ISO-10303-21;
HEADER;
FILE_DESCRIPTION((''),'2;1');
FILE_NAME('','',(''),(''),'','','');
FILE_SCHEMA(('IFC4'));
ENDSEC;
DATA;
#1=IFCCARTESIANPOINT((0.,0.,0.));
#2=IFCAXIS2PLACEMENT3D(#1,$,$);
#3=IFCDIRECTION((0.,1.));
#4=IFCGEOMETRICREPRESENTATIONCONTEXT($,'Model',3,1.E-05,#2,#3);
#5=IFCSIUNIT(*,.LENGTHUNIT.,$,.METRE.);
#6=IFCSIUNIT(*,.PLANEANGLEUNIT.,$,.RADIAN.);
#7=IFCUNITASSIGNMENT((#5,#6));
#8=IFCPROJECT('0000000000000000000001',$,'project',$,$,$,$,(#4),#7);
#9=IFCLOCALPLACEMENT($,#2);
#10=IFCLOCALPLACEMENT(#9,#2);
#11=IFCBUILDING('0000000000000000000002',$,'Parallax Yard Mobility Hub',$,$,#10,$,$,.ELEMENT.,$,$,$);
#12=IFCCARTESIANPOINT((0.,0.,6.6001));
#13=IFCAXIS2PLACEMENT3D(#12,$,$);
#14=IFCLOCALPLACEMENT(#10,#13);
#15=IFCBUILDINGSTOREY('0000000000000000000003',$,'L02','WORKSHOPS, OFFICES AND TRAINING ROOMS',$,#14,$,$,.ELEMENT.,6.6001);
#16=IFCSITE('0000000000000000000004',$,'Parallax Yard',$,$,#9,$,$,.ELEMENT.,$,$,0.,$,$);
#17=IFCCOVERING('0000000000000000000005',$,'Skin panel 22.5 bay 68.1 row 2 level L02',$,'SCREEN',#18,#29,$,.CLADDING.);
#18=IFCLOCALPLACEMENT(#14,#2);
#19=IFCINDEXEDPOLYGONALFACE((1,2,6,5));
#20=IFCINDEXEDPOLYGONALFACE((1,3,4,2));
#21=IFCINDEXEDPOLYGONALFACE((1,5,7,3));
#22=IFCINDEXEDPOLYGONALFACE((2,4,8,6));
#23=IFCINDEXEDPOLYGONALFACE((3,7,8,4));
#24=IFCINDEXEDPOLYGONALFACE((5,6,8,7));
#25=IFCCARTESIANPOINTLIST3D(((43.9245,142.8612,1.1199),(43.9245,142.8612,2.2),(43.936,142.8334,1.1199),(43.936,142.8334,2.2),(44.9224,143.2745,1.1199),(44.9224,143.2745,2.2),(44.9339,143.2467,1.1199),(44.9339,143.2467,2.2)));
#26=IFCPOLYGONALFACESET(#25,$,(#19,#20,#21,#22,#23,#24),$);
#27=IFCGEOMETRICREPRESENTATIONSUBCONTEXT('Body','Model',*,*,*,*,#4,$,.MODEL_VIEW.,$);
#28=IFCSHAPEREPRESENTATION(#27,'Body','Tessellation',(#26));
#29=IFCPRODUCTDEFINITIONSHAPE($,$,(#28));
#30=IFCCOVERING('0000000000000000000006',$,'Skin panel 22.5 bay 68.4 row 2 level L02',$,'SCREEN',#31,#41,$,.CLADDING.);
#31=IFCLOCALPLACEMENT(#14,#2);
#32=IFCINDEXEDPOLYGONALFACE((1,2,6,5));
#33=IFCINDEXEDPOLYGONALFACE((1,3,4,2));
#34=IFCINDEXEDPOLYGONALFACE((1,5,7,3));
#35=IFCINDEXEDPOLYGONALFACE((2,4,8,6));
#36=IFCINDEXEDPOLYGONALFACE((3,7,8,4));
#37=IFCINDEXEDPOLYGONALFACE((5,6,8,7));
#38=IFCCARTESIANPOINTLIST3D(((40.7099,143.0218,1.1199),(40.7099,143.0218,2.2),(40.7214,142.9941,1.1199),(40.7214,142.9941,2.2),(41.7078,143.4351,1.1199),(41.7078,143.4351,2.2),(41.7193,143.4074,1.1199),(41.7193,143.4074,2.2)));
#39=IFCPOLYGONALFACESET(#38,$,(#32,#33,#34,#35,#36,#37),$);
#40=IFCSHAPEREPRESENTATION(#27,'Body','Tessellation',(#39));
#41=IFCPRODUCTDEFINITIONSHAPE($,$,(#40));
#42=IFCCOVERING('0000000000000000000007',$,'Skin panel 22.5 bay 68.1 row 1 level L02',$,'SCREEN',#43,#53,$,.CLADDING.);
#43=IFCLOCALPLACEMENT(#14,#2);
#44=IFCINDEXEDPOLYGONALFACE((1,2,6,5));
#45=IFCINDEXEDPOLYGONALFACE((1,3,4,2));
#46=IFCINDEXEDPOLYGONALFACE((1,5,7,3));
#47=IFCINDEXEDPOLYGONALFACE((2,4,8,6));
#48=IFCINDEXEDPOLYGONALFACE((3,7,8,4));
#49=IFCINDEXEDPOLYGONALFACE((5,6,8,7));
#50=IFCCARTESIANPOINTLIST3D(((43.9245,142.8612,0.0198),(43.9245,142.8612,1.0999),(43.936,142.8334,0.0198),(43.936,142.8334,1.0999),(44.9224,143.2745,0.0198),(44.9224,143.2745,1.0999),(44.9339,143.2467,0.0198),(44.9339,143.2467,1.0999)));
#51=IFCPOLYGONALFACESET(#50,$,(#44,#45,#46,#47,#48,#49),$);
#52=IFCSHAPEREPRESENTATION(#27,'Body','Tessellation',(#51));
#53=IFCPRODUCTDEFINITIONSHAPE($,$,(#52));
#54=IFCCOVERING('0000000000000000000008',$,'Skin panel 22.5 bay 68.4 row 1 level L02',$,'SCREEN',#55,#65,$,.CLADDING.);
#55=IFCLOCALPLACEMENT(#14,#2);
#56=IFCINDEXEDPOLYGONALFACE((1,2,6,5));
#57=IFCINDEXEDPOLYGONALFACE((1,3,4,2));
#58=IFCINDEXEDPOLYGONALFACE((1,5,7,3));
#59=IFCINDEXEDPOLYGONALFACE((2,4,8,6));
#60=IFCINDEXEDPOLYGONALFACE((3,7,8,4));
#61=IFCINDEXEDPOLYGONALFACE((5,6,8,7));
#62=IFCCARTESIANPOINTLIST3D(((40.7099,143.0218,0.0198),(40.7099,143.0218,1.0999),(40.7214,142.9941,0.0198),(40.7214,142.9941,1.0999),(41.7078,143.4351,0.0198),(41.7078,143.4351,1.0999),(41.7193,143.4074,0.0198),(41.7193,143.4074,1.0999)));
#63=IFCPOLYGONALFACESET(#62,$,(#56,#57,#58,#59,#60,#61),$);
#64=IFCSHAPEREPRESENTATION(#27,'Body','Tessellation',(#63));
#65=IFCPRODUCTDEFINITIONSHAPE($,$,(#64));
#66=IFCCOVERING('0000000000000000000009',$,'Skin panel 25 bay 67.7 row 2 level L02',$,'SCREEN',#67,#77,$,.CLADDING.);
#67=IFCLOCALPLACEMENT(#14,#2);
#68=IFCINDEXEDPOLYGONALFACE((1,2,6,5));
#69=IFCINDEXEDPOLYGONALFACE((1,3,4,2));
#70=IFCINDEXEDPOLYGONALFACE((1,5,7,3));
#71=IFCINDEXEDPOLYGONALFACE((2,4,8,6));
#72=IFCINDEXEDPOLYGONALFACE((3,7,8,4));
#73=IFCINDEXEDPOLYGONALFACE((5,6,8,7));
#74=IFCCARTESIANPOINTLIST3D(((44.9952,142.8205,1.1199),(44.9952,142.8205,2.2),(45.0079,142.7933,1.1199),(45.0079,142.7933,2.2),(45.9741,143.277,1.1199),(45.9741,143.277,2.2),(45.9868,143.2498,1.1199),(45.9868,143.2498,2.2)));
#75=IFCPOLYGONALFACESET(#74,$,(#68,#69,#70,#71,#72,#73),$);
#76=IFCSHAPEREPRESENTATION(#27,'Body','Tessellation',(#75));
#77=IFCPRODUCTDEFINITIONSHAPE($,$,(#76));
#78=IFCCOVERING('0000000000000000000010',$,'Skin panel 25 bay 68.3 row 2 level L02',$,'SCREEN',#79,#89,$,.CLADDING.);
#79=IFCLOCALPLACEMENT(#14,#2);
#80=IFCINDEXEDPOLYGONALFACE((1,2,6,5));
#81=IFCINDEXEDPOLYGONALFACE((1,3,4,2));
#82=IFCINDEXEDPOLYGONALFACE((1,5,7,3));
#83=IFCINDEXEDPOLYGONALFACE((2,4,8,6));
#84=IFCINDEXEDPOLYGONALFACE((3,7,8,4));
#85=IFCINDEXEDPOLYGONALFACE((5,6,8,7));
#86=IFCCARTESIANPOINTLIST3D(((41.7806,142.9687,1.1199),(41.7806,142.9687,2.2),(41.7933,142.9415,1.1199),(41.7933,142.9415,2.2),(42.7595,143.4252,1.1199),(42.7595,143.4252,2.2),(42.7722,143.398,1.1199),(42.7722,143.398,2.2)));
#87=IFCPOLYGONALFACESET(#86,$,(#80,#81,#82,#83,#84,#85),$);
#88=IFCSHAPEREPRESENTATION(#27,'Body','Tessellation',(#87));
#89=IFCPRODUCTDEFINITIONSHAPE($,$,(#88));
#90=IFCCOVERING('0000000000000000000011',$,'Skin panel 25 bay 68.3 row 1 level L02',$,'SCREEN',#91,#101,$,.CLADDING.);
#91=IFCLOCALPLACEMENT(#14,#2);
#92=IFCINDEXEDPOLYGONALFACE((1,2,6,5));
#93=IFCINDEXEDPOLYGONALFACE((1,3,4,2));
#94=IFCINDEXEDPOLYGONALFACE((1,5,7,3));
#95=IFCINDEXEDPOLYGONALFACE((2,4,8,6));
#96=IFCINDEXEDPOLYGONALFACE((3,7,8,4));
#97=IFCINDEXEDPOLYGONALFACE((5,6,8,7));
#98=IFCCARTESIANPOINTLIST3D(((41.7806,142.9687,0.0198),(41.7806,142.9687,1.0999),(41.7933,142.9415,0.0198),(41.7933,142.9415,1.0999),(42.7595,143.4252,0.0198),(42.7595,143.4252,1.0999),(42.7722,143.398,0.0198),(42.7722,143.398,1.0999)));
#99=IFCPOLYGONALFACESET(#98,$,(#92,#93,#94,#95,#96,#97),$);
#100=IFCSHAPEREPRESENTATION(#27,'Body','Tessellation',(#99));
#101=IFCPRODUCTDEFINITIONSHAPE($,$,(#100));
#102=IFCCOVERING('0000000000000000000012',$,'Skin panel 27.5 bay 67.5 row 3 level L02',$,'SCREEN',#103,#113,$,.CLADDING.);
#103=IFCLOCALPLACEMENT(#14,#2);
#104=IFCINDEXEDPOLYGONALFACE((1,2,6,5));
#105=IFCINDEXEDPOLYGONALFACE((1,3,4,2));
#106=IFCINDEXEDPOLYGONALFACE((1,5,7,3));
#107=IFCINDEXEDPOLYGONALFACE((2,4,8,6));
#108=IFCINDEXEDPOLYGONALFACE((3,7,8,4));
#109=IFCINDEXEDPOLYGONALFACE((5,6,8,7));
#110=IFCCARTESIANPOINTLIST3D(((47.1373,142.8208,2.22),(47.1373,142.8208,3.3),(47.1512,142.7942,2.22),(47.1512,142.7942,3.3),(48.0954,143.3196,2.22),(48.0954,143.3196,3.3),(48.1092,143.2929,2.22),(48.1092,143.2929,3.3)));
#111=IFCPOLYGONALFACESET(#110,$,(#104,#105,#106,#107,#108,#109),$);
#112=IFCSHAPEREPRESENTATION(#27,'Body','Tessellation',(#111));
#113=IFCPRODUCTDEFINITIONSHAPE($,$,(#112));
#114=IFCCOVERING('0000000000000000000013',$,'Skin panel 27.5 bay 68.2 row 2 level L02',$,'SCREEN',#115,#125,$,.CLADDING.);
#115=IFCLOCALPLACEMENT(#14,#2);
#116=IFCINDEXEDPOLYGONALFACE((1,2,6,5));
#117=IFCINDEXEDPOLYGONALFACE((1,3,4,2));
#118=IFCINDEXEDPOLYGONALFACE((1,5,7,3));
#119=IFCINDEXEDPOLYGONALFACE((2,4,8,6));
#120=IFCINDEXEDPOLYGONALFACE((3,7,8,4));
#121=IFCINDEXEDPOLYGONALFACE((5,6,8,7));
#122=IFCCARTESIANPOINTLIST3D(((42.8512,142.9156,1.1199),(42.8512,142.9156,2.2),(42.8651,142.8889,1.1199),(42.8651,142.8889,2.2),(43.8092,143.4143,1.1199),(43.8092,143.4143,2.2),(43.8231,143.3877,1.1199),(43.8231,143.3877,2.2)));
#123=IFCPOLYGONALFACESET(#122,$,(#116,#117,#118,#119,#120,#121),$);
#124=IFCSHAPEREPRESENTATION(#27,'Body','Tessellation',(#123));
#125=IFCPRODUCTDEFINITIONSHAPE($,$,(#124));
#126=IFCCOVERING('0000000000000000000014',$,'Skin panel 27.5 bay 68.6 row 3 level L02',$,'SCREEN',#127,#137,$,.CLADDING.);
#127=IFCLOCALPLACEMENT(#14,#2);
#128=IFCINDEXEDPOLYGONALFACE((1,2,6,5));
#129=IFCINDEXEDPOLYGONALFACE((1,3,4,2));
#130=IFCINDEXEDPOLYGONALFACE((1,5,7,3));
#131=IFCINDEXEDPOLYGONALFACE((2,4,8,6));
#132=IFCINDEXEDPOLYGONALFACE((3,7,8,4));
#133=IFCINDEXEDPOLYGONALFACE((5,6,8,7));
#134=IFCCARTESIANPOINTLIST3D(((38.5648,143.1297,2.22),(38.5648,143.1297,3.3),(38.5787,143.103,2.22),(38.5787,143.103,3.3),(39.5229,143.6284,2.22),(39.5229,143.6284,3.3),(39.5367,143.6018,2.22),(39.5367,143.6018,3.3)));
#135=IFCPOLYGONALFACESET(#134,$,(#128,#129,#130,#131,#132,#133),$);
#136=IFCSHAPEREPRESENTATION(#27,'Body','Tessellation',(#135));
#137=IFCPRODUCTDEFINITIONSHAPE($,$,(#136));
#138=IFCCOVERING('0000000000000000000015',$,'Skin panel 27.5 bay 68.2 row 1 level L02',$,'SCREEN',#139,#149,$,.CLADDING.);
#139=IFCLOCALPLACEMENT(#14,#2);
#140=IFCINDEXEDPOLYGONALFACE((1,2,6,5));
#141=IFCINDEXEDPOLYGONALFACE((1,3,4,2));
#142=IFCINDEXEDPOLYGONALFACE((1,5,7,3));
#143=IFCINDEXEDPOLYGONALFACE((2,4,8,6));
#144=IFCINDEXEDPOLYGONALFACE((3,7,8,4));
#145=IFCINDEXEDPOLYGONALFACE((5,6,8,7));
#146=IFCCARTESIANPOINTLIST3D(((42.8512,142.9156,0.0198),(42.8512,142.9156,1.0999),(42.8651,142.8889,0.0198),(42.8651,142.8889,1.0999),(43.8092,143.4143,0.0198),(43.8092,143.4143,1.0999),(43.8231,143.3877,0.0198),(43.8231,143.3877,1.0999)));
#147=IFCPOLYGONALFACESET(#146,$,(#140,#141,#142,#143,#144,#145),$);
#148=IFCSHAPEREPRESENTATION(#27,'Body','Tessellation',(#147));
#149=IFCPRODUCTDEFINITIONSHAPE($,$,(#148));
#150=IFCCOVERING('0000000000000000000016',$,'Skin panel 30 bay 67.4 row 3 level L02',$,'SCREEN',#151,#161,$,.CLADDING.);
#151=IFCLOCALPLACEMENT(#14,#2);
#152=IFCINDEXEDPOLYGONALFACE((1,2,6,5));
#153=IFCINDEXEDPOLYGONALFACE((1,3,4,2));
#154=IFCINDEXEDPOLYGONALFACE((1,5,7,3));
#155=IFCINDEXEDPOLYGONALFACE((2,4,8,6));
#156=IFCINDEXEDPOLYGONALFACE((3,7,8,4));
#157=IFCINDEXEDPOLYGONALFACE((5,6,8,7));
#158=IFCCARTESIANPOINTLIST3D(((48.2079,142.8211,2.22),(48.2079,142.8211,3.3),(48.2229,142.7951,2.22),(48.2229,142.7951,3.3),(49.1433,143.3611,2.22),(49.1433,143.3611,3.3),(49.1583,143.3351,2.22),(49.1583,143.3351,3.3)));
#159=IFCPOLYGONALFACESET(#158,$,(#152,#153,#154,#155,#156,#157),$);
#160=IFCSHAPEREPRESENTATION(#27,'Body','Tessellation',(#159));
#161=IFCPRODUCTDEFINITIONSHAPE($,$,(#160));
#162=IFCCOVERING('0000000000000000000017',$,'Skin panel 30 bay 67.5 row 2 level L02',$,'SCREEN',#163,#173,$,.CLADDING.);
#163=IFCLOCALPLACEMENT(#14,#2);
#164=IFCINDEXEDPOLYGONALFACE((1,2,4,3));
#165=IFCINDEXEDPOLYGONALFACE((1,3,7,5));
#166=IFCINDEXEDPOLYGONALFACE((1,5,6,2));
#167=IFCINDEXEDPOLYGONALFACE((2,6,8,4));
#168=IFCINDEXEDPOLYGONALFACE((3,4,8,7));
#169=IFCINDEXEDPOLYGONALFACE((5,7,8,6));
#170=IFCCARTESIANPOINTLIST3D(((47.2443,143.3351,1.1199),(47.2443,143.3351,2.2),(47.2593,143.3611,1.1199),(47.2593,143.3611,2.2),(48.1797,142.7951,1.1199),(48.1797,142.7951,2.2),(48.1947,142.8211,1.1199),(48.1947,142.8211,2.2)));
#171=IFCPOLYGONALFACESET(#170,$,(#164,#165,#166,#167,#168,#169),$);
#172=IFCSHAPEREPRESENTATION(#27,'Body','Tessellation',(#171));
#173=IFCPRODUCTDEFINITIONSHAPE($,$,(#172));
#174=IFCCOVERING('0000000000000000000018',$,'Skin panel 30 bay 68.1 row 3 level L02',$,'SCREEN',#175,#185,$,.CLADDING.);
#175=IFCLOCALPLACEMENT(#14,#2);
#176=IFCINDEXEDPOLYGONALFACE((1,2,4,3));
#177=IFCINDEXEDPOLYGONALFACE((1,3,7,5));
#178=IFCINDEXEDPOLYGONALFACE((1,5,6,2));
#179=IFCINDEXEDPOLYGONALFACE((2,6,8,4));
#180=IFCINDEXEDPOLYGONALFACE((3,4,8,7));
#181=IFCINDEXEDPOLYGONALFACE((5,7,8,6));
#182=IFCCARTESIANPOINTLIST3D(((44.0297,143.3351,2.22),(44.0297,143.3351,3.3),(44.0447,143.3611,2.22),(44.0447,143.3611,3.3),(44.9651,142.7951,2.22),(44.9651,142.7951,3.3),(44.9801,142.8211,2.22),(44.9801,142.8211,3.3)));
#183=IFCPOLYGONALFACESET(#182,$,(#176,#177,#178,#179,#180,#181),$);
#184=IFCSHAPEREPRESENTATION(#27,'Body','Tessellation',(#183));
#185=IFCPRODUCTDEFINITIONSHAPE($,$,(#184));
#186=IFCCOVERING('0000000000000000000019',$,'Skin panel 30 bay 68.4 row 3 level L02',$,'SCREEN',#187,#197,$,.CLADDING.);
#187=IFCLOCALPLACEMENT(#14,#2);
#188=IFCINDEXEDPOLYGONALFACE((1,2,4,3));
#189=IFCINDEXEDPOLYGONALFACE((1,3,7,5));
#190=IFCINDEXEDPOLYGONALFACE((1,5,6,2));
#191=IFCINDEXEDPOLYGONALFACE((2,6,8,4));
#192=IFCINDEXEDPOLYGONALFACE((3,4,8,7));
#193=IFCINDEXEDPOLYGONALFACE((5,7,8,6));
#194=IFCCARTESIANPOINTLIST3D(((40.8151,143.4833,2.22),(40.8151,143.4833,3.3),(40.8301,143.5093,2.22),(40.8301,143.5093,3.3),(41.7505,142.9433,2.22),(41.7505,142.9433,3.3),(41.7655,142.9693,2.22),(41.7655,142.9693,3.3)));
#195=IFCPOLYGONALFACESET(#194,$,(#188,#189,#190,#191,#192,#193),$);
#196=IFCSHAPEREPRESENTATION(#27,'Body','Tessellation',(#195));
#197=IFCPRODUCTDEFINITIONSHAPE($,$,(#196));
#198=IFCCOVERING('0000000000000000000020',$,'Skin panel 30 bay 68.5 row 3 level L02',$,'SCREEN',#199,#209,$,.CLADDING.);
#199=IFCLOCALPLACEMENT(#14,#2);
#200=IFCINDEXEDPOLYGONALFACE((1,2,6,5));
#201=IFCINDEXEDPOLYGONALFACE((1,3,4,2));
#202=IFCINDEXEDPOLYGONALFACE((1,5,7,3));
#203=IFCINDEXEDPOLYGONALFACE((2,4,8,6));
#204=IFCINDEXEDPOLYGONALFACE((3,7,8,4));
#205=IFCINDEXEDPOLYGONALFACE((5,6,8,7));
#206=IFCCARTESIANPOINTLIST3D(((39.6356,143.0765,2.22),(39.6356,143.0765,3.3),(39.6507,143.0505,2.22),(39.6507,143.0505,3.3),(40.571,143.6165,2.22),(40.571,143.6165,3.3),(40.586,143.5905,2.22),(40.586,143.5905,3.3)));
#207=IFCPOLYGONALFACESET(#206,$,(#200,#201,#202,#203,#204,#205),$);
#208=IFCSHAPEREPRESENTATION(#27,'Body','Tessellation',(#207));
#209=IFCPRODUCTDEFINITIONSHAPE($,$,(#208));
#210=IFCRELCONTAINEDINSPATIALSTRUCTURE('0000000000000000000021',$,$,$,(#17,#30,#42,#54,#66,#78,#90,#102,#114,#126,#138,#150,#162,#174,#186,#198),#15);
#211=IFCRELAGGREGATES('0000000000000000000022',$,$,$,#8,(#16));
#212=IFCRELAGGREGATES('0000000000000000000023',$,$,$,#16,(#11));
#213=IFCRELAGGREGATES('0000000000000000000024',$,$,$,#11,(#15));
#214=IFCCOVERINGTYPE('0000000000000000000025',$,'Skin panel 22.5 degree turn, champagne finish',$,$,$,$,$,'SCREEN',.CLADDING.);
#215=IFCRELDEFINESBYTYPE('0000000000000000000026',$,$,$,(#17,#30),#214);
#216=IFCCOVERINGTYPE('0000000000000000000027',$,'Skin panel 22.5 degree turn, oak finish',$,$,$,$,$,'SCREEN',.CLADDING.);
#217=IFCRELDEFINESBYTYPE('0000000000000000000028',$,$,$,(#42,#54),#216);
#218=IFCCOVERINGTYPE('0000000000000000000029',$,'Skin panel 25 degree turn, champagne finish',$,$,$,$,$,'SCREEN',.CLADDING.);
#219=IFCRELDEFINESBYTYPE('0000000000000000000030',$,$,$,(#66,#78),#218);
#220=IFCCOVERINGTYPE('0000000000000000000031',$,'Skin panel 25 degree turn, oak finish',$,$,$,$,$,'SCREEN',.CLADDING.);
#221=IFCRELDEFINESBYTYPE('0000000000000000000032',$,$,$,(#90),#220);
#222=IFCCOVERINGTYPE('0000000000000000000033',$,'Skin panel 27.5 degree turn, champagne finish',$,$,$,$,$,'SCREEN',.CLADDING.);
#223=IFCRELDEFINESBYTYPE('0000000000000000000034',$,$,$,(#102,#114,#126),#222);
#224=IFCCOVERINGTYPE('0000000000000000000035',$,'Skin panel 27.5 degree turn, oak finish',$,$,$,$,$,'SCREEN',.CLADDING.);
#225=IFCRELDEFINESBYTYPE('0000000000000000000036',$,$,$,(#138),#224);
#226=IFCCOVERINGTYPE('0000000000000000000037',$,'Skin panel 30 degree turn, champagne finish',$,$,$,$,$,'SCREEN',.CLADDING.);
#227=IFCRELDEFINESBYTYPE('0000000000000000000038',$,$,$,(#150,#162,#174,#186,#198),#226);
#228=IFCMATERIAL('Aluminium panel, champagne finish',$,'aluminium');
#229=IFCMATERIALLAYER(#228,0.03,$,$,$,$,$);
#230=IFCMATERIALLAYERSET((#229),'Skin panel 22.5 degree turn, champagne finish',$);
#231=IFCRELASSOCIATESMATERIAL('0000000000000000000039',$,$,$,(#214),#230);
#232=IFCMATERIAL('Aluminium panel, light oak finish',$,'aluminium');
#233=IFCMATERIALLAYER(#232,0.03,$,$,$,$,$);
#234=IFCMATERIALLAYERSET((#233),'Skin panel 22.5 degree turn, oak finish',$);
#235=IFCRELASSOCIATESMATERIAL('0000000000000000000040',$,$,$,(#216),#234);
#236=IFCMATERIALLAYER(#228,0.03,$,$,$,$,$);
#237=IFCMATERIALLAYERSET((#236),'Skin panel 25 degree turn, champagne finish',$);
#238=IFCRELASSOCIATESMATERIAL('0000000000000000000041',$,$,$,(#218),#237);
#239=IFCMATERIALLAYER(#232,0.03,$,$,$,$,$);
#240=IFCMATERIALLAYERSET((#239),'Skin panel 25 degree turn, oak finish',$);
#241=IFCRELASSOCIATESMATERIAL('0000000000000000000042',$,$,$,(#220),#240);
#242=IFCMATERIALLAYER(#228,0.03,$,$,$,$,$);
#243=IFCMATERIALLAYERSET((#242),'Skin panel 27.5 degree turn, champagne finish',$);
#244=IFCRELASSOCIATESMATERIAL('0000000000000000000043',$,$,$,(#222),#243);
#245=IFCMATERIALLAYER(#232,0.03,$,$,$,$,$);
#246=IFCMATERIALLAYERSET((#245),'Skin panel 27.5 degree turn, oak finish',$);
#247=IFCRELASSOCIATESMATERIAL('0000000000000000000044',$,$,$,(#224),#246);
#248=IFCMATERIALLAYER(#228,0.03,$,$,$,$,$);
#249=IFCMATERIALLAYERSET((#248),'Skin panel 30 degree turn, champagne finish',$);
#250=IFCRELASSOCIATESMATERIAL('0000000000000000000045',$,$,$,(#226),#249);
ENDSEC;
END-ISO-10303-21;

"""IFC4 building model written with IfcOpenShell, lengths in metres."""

from ifc_helpers import new_model, si_unit, direction, frame, origin, origin_2d, place, context, subcontext, project, spatial, rectangle, extrude, material, layer, layer_set, type_object, element, save


model = new_model("IFC4")

# Units and contexts
model_context = context("Model", 3, precision=1e-05, world=origin(), true_north=direction((0.0, 1.0)))
body_context = subcontext(model_context, "Body", "Model", "MODEL_VIEW")
ifc_project = project(units=[si_unit("LENGTHUNIT", "METRE"), si_unit("PLANEANGLEUNIT", "RADIAN")], contexts=[model_context])

# Site, building, storey
site_placement = place(None, origin())
site = spatial("IfcSite", under=ifc_project, at=site_placement, Name="Parallax Yard", CompositionType="ELEMENT", RefElevation=0.0)
building_placement = place(site_placement, origin())
building = spatial("IfcBuilding", under=site, at=building_placement, Name="Parallax Yard Mobility Hub", CompositionType="ELEMENT")
storey_placement = place(building_placement, frame((0.0, 0.0, 6.6001)))
storey = spatial("IfcBuildingStorey", under=building, at=storey_placement, Name="L02", Description="WORKSHOPS, OFFICES AND TRAINING ROOMS", CompositionType="ELEMENT", Elevation=6.6001)

# Coverings
ifc_material_1 = material(Name="Aluminium panel, champagne finish", Category="aluminium")
ifc_layer_1 = layer(ifc_material_1, 0.03)
ifc_layer_set_1 = layer_set([ifc_layer_1], Name="Skin panel 22.5 degree turn, champagne finish")
covering_type_1 = type_object("IfcCoveringType", Name="Skin panel 22.5 degree turn, champagne finish", ElementType="SCREEN", PredefinedType="CLADDING", material=ifc_layer_set_1)
for number, where, z_axis, x_axis, name in (
    (1, (44.4292, 143.054, 1.1199), (0.0, 0.0, 1.0), (0.92388, 0.382683, 0.0), "Skin panel 22.5 bay 68.1 row 2 level L02"),
    (2, (41.2146, 143.2146, 1.1199), (0.0, 0.0, 1.0), (0.92388, 0.382683, 0.0), "Skin panel 22.5 bay 68.4 row 2 level L02"),
):
    element("IfcCovering", number, at=place(storey_placement, frame(where, z_axis=z_axis, x_axis=x_axis)), inside=storey, type_object=covering_type_1, Name=name, ObjectType="SCREEN", PredefinedType="CLADDING", context=body_context, shape_type="SweptSolid", body=[
        extrude(rectangle(XDim=1.0801, YDim=0.03, at=origin_2d()), origin(), (0.0, 0.0, 1.0), 1.0801),
    ])
ifc_material_2 = material(Name="Aluminium panel, light oak finish", Category="aluminium")
ifc_layer_2 = layer(ifc_material_2, 0.03)
ifc_layer_set_2 = layer_set([ifc_layer_2], Name="Skin panel 22.5 degree turn, oak finish")
covering_type_2 = type_object("IfcCoveringType", Name="Skin panel 22.5 degree turn, oak finish", ElementType="SCREEN", PredefinedType="CLADDING", material=ifc_layer_set_2)
for number, where, z_axis, x_axis, name in (
    (3, (44.4292, 143.054, 0.0198), (0.0, 0.0, 1.0), (0.92388, 0.382683, 0.0), "Skin panel 22.5 bay 68.1 row 1 level L02"),
    (4, (41.2146, 143.2146, 0.0198), (0.0, 0.0, 1.0), (0.92388, 0.382683, 0.0), "Skin panel 22.5 bay 68.4 row 1 level L02"),
):
    element("IfcCovering", number, at=place(storey_placement, frame(where, z_axis=z_axis, x_axis=x_axis)), inside=storey, type_object=covering_type_2, Name=name, ObjectType="SCREEN", PredefinedType="CLADDING", context=body_context, shape_type="SweptSolid", body=[
        extrude(rectangle(XDim=1.0801, YDim=0.03, at=origin_2d()), origin(), (0.0, 0.0, 1.0), 1.0801),
    ])
ifc_layer_3 = layer(ifc_material_1, 0.03)
ifc_layer_set_3 = layer_set([ifc_layer_3], Name="Skin panel 25 degree turn, champagne finish")
covering_type_3 = type_object("IfcCoveringType", Name="Skin panel 25 degree turn, champagne finish", ElementType="SCREEN", PredefinedType="CLADDING", material=ifc_layer_set_3)
for number, where, z_axis, x_axis, name in (
    (5, (45.491, 143.0352, 1.1199), (0.0, 0.0, 1.0), (0.906308, 0.422618, 0.0), "Skin panel 25 bay 67.7 row 2 level L02"),
    (6, (42.2764, 143.1833, 1.1199), (0.0, 0.0, 1.0), (0.906308, 0.422618, 0.0), "Skin panel 25 bay 68.3 row 2 level L02"),
):
    element("IfcCovering", number, at=place(storey_placement, frame(where, z_axis=z_axis, x_axis=x_axis)), inside=storey, type_object=covering_type_3, Name=name, ObjectType="SCREEN", PredefinedType="CLADDING", context=body_context, shape_type="SweptSolid", body=[
        extrude(rectangle(XDim=1.0801, YDim=0.03, at=origin_2d()), origin(), (0.0, 0.0, 1.0), 1.0801),
    ])
ifc_layer_4 = layer(ifc_material_2, 0.03)
ifc_layer_set_4 = layer_set([ifc_layer_4], Name="Skin panel 25 degree turn, oak finish")
covering_type_4 = type_object("IfcCoveringType", Name="Skin panel 25 degree turn, oak finish", ElementType="SCREEN", PredefinedType="CLADDING", material=ifc_layer_set_4)
covering_1_placement = place(storey_placement, frame((42.2764, 143.1833, 0.0198), z_axis=(0.0, 0.0, 1.0), x_axis=(0.906308, 0.422618, 0.0)))
element("IfcCovering", 7, at=covering_1_placement, inside=storey, type_object=covering_type_4, Name="Skin panel 25 bay 68.3 row 1 level L02", ObjectType="SCREEN", PredefinedType="CLADDING", context=body_context, shape_type="SweptSolid", body=[
    extrude(rectangle(XDim=1.0801, YDim=0.03, at=origin_2d()), origin(), (0.0, 0.0, 1.0), 1.0801),
])
ifc_layer_5 = layer(ifc_material_1, 0.03)
ifc_layer_set_5 = layer_set([ifc_layer_5], Name="Skin panel 27.5 degree turn, champagne finish")
covering_type_5 = type_object("IfcCoveringType", Name="Skin panel 27.5 degree turn, champagne finish", ElementType="SCREEN", PredefinedType="CLADDING", material=ifc_layer_set_5)
for number, where, z_axis, x_axis, name in (
    (8, (47.6233, 143.0569, 2.22), (0.0, 0.0, 1.0), (0.887011, 0.461749, 0.0), "Skin panel 27.5 bay 67.5 row 3 level L02"),
    (9, (43.3372, 143.1516, 1.1199), (0.0, 0.0, 1.0), (0.887011, 0.461749, 0.0), "Skin panel 27.5 bay 68.2 row 2 level L02"),
    (10, (39.0508, 143.3657, 2.22), (0.0, 0.0, 1.0), (0.887011, 0.461749, 0.0), "Skin panel 27.5 bay 68.6 row 3 level L02"),
):
    element("IfcCovering", number, at=place(storey_placement, frame(where, z_axis=z_axis, x_axis=x_axis)), inside=storey, type_object=covering_type_5, Name=name, ObjectType="SCREEN", PredefinedType="CLADDING", context=body_context, shape_type="SweptSolid", body=[
        extrude(rectangle(XDim=1.0801, YDim=0.03, at=origin_2d()), origin(), (0.0, 0.0, 1.0), 1.0801),
    ])
ifc_layer_6 = layer(ifc_material_2, 0.03)
ifc_layer_set_6 = layer_set([ifc_layer_6], Name="Skin panel 27.5 degree turn, oak finish")
covering_type_6 = type_object("IfcCoveringType", Name="Skin panel 27.5 degree turn, oak finish", ElementType="SCREEN", PredefinedType="CLADDING", material=ifc_layer_set_6)
covering_2_placement = place(storey_placement, frame((43.3372, 143.1516, 0.0198), z_axis=(0.0, 0.0, 1.0), x_axis=(0.887011, 0.461749, 0.0)))
element("IfcCovering", 11, at=covering_2_placement, inside=storey, type_object=covering_type_6, Name="Skin panel 27.5 bay 68.2 row 1 level L02", ObjectType="SCREEN", PredefinedType="CLADDING", context=body_context, shape_type="SweptSolid", body=[
    extrude(rectangle(XDim=1.0801, YDim=0.03, at=origin_2d()), origin(), (0.0, 0.0, 1.0), 1.0801),
])
ifc_layer_7 = layer(ifc_material_1, 0.03)
ifc_layer_set_7 = layer_set([ifc_layer_7], Name="Skin panel 30 degree turn, champagne finish")
covering_type_7 = type_object("IfcCoveringType", Name="Skin panel 30 degree turn, champagne finish", ElementType="SCREEN", PredefinedType="CLADDING", material=ifc_layer_set_7)
for number, where, z_axis, x_axis, name in (
    (12, (48.6831, 143.0781, 2.22), (0.0, 0.0, 1.0), (0.866025, 0.5, 0.0), "Skin panel 30 bay 67.4 row 3 level L02"),
    (13, (47.7195, 143.0781, 1.1199), (0.0, 0.0, 1.0), (-0.866025, 0.5, 0.0), "Skin panel 30 bay 67.5 row 2 level L02"),
    (14, (44.5049, 143.0781, 2.22), (0.0, 0.0, 1.0), (-0.866025, 0.5, 0.0), "Skin panel 30 bay 68.1 row 3 level L02"),
    (15, (41.2903, 143.2263, 2.22), (0.0, 0.0, 1.0), (-0.866025, 0.5, 0.0), "Skin panel 30 bay 68.4 row 3 level L02"),
    (16, (40.1108, 143.3335, 2.22), (0.0, 0.0, 1.0), (0.866025, 0.5, 0.0), "Skin panel 30 bay 68.5 row 3 level L02"),
):
    element("IfcCovering", number, at=place(storey_placement, frame(where, z_axis=z_axis, x_axis=x_axis)), inside=storey, type_object=covering_type_7, Name=name, ObjectType="SCREEN", PredefinedType="CLADDING", context=body_context, shape_type="SweptSolid", body=[
        extrude(rectangle(XDim=1.0801, YDim=0.03, at=origin_2d()), origin(), (0.0, 0.0, 1.0), 1.0801),
    ])

save(model, "model.ifc")
